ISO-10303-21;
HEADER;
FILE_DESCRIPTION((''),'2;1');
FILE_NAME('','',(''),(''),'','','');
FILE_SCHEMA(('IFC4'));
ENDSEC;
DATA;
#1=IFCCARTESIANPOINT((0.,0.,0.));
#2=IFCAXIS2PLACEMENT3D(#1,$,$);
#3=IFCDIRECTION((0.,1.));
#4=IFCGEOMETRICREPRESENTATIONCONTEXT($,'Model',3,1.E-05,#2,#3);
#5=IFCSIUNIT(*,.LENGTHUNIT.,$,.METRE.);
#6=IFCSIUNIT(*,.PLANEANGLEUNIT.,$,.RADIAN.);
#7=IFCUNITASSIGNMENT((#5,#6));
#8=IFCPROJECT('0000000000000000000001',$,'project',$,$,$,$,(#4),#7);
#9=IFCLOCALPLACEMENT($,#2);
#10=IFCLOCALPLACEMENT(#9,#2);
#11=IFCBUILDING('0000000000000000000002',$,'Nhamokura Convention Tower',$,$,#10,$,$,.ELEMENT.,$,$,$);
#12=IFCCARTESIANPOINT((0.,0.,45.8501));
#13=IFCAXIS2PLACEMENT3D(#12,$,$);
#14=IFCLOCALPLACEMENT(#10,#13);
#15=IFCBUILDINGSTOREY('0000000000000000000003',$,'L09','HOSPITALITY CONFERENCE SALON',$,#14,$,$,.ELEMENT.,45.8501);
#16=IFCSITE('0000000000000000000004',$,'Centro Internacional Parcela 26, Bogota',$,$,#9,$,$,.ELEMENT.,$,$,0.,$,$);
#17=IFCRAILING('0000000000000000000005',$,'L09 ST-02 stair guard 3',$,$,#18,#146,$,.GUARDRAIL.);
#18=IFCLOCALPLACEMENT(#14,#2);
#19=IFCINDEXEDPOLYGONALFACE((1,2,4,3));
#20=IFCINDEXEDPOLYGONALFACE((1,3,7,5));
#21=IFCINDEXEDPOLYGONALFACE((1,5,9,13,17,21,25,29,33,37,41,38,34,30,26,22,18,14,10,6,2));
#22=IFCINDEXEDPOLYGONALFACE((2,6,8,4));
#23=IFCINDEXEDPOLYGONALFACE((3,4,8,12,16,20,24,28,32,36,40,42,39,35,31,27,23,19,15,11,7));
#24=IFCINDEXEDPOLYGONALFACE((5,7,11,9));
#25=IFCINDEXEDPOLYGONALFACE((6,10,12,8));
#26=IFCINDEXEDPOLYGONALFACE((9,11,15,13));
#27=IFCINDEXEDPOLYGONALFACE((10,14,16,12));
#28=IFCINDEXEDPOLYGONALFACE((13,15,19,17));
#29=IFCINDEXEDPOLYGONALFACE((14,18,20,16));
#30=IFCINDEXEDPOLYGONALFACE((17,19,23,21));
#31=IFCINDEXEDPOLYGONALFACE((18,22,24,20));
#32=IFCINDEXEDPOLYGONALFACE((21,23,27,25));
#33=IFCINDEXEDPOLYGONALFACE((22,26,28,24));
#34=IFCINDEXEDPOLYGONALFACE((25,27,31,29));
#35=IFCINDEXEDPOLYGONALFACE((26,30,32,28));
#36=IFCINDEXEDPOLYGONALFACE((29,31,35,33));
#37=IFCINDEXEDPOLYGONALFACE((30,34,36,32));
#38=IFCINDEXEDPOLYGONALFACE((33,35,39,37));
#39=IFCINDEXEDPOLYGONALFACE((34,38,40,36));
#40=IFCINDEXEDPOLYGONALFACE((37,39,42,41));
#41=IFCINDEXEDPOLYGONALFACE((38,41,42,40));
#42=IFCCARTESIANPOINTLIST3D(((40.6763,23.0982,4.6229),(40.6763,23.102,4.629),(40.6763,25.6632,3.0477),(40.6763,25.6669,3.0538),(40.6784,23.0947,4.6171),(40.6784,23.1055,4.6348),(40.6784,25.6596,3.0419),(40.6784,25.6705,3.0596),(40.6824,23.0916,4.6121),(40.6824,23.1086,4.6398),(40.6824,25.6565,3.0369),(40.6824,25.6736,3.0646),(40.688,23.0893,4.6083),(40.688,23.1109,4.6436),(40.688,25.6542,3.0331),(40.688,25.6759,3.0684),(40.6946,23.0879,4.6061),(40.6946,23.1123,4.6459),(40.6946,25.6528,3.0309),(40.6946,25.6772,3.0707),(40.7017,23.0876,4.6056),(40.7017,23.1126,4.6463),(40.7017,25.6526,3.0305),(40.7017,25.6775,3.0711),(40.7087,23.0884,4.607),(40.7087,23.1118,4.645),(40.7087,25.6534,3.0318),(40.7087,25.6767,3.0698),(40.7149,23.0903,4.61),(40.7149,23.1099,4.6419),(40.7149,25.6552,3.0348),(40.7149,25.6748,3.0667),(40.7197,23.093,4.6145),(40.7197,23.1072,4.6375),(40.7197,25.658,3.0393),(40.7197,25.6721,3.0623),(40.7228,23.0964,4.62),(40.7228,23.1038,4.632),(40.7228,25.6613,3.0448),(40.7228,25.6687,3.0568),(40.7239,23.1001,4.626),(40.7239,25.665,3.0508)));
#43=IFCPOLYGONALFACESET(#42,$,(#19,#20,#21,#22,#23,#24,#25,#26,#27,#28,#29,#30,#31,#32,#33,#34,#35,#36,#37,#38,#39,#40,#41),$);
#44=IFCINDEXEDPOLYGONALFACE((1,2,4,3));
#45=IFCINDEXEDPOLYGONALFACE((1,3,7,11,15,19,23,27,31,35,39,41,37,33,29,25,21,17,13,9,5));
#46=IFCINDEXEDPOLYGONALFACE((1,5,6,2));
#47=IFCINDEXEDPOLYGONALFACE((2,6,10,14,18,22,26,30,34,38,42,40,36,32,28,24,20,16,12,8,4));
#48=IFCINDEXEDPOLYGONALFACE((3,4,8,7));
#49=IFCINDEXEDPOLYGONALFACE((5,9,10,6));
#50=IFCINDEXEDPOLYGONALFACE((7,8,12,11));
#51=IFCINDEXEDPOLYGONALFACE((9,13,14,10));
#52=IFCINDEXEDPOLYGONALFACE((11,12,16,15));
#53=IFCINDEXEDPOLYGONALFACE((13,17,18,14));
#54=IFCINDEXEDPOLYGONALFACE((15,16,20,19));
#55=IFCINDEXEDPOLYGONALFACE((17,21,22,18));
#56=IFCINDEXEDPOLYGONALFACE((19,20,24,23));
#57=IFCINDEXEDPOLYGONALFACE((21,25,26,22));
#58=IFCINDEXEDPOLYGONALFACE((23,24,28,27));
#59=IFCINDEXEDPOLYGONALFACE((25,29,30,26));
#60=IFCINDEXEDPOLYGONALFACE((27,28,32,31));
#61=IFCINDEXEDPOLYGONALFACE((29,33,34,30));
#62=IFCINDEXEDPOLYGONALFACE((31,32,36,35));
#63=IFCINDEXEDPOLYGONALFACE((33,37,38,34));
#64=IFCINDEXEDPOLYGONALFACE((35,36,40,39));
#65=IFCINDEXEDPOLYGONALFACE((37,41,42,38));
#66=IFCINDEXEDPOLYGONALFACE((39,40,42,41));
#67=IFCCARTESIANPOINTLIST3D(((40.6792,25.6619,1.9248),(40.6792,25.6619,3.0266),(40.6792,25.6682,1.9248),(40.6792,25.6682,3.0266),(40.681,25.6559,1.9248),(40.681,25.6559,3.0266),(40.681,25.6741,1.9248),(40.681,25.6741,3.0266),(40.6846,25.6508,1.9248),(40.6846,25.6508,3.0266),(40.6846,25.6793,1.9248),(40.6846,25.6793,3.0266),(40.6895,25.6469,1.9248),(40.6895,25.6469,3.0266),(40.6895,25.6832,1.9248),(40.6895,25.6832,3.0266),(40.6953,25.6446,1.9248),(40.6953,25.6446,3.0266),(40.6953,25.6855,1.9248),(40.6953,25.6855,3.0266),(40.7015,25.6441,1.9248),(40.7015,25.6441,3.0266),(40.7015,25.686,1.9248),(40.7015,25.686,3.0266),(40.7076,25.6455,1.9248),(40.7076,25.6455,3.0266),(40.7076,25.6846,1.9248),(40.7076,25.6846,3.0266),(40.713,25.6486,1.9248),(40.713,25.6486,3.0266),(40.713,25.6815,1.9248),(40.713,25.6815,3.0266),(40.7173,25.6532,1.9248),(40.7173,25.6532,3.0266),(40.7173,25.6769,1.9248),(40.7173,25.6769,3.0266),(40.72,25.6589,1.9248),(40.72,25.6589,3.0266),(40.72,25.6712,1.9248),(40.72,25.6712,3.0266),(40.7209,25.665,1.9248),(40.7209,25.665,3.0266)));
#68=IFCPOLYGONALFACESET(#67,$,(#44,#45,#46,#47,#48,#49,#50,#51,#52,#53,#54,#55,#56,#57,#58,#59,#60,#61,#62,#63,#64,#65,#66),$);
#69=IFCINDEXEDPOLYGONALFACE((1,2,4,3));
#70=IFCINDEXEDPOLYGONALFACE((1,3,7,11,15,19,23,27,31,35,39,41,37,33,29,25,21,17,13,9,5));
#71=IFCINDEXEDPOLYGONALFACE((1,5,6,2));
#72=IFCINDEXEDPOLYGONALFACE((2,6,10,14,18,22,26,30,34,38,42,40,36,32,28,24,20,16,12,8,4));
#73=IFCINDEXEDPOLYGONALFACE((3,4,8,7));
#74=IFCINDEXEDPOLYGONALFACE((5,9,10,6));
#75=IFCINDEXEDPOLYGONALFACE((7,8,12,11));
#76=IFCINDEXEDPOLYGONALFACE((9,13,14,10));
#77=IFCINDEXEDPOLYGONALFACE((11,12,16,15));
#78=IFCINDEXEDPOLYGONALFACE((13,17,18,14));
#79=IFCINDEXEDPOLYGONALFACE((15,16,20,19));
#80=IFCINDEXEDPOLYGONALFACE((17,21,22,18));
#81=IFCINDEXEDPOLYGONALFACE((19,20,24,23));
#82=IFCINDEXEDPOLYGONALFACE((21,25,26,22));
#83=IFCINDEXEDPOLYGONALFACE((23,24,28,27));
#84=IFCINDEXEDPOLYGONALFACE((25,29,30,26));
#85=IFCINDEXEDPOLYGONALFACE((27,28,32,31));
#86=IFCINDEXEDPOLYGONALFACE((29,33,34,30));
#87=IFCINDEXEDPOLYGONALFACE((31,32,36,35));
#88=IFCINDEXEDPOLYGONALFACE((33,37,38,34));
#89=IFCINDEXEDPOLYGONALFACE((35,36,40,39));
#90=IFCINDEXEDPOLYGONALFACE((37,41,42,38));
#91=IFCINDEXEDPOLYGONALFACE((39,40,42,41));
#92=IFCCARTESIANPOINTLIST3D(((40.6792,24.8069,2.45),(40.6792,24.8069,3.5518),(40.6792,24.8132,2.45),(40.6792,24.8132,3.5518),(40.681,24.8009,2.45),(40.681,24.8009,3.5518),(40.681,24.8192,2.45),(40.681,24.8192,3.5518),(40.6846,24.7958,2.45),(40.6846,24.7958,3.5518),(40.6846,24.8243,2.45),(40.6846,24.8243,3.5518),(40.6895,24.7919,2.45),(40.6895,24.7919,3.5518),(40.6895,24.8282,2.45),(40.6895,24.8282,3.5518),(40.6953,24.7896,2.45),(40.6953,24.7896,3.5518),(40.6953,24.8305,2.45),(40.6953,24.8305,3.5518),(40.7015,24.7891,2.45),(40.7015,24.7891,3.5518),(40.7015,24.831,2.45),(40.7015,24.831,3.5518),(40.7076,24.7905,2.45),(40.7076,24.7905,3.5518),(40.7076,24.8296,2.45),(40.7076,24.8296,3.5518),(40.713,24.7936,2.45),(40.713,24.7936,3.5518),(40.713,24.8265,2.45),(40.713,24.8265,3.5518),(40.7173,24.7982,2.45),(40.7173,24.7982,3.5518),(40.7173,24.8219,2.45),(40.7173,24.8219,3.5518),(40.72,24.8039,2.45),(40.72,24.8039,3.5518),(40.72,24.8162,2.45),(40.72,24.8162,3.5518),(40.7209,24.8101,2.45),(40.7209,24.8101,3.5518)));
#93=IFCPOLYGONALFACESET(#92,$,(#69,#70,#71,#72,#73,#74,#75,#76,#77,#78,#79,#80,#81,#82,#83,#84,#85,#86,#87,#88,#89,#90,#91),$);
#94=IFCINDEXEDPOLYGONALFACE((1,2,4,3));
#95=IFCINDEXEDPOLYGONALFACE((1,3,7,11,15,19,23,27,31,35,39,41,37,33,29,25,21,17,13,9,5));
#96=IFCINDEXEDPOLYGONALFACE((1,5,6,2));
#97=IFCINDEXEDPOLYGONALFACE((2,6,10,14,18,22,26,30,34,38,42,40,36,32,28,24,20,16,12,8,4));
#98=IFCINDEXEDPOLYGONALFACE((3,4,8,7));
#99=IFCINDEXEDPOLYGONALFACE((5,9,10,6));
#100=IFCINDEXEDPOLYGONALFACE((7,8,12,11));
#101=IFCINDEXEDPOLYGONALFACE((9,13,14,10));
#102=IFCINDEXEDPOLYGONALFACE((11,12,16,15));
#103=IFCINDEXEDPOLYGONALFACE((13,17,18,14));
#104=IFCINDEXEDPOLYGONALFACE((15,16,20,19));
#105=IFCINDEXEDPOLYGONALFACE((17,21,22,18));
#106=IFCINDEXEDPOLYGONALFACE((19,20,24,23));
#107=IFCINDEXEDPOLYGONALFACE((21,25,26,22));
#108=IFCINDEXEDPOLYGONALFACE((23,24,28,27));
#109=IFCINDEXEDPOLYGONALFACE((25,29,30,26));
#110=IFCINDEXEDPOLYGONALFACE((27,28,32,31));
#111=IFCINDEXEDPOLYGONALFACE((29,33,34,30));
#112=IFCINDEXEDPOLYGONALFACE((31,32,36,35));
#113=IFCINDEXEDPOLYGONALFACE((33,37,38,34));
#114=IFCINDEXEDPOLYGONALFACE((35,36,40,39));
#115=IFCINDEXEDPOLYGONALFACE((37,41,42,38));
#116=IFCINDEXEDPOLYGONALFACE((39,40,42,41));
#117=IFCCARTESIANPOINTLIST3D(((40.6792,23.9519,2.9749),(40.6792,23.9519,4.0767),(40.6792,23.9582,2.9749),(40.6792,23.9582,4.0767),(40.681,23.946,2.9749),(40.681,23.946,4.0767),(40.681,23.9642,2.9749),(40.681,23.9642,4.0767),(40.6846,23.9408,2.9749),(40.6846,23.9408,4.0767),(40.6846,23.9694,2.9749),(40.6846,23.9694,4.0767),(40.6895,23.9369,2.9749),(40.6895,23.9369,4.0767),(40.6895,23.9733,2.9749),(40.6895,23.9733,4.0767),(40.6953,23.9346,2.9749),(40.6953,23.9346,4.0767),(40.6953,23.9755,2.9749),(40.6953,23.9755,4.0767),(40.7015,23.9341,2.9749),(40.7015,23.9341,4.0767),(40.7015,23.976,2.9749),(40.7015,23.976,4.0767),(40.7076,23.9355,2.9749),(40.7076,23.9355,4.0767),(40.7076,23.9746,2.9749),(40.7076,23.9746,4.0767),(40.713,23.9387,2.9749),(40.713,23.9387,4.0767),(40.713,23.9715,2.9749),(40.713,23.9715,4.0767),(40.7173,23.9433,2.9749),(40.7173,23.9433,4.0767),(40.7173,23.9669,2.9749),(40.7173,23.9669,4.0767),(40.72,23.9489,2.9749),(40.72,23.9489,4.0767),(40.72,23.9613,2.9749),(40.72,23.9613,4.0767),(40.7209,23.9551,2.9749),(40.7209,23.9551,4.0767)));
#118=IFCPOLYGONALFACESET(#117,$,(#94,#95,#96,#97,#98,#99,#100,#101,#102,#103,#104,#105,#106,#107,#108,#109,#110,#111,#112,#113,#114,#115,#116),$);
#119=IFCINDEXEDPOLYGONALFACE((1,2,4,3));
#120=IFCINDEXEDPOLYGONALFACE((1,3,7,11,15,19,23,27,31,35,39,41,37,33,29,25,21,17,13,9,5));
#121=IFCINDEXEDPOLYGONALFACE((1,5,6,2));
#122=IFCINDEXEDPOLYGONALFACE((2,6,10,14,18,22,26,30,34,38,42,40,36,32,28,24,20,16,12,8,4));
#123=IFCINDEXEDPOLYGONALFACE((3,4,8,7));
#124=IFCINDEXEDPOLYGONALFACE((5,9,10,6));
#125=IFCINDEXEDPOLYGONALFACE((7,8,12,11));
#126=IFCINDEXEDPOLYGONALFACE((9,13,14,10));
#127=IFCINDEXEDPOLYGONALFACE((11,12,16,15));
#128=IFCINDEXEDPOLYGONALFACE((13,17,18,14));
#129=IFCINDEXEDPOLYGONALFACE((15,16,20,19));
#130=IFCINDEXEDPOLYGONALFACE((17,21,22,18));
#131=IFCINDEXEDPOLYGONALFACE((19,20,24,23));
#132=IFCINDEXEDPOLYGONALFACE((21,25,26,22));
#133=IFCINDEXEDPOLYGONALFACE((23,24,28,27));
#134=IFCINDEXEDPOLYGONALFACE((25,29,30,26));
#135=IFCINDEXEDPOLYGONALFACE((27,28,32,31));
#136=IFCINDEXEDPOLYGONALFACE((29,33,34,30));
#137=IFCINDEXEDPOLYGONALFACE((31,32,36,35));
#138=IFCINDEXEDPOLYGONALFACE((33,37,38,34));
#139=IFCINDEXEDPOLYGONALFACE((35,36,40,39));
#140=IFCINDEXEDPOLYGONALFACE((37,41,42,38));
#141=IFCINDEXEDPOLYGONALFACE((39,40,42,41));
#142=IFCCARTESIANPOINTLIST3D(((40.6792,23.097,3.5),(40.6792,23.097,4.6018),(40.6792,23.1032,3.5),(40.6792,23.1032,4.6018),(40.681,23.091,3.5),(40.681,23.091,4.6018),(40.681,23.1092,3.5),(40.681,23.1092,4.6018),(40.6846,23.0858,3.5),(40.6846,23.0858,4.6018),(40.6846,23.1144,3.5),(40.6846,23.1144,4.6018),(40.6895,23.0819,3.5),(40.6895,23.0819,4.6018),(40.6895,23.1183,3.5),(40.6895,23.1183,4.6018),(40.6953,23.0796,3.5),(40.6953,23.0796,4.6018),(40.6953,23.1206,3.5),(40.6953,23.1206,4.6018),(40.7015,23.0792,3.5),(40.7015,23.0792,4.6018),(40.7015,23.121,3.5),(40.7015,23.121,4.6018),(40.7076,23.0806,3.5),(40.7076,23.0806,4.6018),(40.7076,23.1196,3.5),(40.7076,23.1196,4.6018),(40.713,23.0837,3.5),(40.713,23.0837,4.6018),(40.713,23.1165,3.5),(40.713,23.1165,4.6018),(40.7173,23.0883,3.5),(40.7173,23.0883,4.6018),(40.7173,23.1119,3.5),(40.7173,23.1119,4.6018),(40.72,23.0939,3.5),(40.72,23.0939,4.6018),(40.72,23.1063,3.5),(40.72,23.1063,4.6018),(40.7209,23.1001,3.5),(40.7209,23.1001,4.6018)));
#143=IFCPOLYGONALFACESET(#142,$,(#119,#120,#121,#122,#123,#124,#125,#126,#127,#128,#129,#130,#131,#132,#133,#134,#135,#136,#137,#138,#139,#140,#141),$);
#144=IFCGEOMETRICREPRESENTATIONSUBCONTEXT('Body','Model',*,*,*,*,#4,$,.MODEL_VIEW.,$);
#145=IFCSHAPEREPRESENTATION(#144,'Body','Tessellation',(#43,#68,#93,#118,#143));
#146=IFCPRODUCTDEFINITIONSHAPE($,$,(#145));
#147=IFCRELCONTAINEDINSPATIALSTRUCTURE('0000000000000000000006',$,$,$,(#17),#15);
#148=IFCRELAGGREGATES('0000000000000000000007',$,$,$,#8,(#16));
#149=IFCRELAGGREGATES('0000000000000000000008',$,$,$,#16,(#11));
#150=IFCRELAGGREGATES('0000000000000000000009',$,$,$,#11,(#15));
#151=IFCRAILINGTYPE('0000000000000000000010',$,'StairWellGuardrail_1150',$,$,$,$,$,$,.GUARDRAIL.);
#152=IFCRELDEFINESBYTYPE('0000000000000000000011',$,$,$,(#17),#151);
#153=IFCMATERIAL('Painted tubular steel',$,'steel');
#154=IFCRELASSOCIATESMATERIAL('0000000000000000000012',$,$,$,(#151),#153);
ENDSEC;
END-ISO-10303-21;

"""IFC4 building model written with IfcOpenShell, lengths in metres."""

from ifc_helpers import new_model, si_unit, direction, frame, origin, origin_2d, place, context, subcontext, project, spatial, circle, extrude, material, type_object, element, save


model = new_model("IFC4")

# Units and contexts
model_context = context("Model", 3, precision=1e-05, world=origin(), true_north=direction((0.0, 1.0)))
body_context = subcontext(model_context, "Body", "Model", "MODEL_VIEW")
ifc_project = project(units=[si_unit("LENGTHUNIT", "METRE"), si_unit("PLANEANGLEUNIT", "RADIAN")], contexts=[model_context])

# Site, building, storey
site_placement = place(None, origin())
site = spatial("IfcSite", under=ifc_project, at=site_placement, Name="Centro Internacional Parcela 26, Bogota", CompositionType="ELEMENT", RefElevation=0.0)
building_placement = place(site_placement, origin())
building = spatial("IfcBuilding", under=site, at=building_placement, Name="Nhamokura Convention Tower", CompositionType="ELEMENT")
storey_placement = place(building_placement, frame((0.0, 0.0, 45.8501)))
storey = spatial("IfcBuildingStorey", under=building, at=storey_placement, Name="L09", Description="HOSPITALITY CONFERENCE SALON", CompositionType="ELEMENT", Elevation=45.8501)

# Railing
ifc_material_1 = material(Name="Painted tubular steel", Category="steel")
railing_type_1 = type_object("IfcRailingType", Name="StairWellGuardrail_1150", PredefinedType="GUARDRAIL", material=ifc_material_1)
railing_1_placement = place(storey_placement, frame((40.7, 25.665, 1.9248)))
element("IfcRailing", 1, at=railing_1_placement, inside=storey, type_object=railing_type_1, Name="L09 ST-02 stair guard 3", PredefinedType="GUARDRAIL", context=body_context, shape_type="SweptSolid", body=[
    extrude(circle(Radius=0.0239, at=origin_2d()), frame((0.0, 0.0, 1.126), z_axis=(0.0, -0.852137, 0.523319), x_axis=(1.0, 0.0, 0.0)), (0.0, 0.0, 1.0), 3.01),
    extrude(circle(Radius=0.021, at=origin_2d()), origin(), (0.0, 0.0, 1.0), 1.1018),
    extrude(circle(Radius=0.021, at=origin_2d()), frame((0.0, -0.855, 0.5251)), (0.0, 0.0, 1.0), 1.1018),
    extrude(circle(Radius=0.021, at=origin_2d()), frame((0.0, -1.71, 1.05)), (0.0, 0.0, 1.0), 1.1018),
    extrude(circle(Radius=0.021, at=origin_2d()), frame((0.0, -2.5649, 1.5752)), (0.0, 0.0, 1.0), 1.1018),
])

save(model, "model.ifc")
